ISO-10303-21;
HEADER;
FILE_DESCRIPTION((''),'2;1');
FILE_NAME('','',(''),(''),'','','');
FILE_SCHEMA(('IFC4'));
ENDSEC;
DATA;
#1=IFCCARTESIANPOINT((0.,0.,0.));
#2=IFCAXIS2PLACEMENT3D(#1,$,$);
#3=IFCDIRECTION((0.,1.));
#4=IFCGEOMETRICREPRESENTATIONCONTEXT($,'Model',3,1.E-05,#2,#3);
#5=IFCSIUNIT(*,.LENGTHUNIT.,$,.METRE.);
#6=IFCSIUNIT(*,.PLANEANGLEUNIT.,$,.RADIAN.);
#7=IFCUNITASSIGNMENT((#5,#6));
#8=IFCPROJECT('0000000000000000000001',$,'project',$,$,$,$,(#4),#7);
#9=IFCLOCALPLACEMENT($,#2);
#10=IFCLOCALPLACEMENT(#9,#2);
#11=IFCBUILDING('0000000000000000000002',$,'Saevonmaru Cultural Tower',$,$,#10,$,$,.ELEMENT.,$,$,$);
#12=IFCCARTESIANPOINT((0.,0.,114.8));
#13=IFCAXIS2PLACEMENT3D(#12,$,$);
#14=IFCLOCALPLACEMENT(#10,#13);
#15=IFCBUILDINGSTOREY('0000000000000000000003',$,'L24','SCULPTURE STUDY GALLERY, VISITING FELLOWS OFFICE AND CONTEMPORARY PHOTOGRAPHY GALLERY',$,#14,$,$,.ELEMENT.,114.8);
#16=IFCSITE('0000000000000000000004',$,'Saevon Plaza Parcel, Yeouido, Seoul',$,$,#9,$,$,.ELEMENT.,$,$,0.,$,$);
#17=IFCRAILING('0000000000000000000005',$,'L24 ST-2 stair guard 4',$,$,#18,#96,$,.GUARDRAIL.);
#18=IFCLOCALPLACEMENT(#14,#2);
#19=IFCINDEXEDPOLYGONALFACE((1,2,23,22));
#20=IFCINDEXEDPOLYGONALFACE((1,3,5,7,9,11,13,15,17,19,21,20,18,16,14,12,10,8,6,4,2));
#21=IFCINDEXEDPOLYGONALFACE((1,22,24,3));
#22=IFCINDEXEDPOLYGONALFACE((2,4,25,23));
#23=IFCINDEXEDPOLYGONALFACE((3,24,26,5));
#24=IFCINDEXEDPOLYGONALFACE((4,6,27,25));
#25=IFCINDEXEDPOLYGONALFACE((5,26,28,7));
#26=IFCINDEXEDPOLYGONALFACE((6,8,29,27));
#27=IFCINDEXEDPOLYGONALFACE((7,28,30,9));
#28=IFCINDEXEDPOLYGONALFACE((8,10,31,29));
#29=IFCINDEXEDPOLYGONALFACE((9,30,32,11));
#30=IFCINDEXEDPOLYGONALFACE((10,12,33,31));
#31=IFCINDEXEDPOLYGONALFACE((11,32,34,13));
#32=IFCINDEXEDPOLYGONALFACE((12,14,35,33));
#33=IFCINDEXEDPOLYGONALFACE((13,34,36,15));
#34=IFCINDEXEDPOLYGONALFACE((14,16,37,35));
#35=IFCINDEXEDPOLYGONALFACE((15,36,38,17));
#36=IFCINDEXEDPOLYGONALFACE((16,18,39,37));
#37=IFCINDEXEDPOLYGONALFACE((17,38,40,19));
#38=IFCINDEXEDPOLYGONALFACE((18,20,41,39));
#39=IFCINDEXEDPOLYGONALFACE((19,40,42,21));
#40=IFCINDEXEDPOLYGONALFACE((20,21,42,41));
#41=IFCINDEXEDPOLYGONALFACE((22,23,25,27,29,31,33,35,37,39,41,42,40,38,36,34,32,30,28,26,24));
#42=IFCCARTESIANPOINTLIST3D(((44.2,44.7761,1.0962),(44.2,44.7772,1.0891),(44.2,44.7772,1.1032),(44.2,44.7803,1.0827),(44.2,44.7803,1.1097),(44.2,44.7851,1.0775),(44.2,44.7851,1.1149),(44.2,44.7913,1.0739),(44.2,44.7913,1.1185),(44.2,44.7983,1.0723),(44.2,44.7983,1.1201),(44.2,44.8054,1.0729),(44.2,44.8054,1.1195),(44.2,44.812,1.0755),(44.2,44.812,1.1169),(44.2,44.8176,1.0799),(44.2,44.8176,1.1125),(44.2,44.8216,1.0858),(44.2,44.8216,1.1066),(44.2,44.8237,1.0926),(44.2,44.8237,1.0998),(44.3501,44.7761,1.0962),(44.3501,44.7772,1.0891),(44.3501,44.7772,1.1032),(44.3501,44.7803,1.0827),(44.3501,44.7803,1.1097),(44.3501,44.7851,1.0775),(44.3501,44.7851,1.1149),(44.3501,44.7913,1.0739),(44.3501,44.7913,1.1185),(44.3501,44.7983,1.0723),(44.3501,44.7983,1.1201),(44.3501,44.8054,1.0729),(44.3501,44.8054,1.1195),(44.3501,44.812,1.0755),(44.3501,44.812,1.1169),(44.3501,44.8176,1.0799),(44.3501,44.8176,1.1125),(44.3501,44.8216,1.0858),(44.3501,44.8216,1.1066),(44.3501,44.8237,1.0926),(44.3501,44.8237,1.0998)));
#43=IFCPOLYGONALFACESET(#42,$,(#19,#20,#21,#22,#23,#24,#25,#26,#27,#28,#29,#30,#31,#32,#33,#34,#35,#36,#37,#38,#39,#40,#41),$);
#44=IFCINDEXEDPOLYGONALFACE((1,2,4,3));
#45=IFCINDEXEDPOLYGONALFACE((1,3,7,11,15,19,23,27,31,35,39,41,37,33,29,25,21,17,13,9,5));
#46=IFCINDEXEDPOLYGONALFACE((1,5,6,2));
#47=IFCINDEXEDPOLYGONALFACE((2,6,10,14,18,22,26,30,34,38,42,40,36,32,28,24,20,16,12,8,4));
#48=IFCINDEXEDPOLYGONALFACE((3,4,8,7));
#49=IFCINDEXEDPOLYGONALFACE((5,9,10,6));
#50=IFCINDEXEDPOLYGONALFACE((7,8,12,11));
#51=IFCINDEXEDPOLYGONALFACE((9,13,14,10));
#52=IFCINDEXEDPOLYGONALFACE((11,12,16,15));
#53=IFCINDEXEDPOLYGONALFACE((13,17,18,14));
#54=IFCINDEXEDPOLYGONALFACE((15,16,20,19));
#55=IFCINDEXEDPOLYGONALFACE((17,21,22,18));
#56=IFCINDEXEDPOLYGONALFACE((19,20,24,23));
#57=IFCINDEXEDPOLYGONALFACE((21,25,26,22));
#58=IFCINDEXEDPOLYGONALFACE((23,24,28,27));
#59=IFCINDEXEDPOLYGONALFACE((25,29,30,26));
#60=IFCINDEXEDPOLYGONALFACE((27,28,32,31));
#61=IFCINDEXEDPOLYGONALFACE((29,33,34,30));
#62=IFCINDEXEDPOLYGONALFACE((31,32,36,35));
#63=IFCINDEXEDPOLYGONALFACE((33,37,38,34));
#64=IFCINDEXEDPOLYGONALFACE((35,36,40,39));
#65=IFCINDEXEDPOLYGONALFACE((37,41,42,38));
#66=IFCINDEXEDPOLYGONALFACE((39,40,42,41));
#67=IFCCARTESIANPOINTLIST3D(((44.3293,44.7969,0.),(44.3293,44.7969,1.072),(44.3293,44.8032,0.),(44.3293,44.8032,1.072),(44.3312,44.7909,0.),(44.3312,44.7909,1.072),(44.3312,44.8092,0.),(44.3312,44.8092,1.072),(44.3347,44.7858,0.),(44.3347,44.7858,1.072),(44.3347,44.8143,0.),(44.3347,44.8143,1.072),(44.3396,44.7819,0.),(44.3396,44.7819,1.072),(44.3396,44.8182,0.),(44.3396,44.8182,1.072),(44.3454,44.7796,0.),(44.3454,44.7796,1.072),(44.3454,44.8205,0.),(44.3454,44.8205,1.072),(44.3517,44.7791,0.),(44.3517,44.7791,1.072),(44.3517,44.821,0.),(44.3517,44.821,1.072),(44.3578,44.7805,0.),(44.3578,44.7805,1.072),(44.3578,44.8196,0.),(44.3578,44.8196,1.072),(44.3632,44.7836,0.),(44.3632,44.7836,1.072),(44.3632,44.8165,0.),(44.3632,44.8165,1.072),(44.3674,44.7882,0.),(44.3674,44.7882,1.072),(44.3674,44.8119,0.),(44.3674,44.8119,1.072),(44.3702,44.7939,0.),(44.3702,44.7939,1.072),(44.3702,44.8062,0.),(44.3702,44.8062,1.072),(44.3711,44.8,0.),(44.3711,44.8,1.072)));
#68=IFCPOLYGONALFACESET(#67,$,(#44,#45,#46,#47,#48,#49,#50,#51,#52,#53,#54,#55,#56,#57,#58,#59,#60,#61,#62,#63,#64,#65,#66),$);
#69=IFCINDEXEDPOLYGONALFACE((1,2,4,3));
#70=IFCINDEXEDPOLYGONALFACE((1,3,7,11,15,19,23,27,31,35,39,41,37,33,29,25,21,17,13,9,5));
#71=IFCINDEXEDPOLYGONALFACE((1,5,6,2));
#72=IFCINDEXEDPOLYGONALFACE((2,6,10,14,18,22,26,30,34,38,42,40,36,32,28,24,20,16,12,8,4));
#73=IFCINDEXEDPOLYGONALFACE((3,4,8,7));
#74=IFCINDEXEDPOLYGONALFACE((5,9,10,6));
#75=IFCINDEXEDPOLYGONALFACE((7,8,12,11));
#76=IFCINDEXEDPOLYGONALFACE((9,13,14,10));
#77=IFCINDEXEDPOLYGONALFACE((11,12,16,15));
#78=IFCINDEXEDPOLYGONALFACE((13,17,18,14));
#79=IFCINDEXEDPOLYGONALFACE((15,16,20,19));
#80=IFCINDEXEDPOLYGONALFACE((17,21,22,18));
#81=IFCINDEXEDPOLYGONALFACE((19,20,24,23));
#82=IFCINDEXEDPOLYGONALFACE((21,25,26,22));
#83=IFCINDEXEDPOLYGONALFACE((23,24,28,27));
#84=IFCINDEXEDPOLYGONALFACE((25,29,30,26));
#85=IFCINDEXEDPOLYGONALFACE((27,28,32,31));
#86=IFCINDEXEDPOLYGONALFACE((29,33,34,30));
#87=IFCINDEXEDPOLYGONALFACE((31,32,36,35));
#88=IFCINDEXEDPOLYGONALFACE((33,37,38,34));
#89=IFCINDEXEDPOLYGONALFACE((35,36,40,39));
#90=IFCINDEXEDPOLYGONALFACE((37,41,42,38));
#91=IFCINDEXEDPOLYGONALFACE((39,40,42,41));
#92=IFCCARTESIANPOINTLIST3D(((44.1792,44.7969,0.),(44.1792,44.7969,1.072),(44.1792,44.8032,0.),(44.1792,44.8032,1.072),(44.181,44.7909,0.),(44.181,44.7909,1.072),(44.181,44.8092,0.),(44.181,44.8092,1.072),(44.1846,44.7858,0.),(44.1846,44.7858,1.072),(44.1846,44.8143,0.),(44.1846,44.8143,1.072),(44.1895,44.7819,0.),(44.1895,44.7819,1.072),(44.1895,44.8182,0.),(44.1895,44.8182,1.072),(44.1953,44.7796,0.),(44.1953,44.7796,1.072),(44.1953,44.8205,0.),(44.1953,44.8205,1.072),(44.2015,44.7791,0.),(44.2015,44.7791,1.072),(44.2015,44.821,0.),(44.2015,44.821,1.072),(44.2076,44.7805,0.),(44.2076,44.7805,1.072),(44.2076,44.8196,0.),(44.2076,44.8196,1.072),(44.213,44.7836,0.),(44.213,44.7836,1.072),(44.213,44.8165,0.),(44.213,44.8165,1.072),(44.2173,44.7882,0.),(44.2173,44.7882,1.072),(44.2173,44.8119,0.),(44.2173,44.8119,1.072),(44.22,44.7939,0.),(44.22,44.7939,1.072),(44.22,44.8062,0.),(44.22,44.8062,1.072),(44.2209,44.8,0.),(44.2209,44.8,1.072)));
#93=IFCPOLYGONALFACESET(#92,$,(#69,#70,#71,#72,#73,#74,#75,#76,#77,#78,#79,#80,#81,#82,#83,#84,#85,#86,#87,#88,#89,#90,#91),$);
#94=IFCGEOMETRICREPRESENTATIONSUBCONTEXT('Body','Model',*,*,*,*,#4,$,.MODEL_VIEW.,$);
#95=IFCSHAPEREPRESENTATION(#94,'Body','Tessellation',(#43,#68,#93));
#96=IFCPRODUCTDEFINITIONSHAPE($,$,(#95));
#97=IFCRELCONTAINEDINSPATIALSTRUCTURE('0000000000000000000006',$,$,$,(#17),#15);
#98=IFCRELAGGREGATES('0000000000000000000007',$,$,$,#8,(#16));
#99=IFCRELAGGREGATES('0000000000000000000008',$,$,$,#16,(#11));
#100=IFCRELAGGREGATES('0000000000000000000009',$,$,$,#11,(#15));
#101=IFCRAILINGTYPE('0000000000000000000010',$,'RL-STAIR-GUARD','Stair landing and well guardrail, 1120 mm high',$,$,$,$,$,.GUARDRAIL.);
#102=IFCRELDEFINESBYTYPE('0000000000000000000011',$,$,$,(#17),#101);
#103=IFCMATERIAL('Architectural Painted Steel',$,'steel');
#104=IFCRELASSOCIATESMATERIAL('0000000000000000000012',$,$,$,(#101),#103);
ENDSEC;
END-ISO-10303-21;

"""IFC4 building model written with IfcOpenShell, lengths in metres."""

from ifc_helpers import new_model, si_unit, direction, frame, origin, origin_2d, place, context, subcontext, project, spatial, circle, extrude, material, type_object, element, save


model = new_model("IFC4")

# Units and contexts
model_context = context("Model", 3, precision=1e-05, world=origin(), true_north=direction((0.0, 1.0)))
body_context = subcontext(model_context, "Body", "Model", "MODEL_VIEW")
ifc_project = project(units=[si_unit("LENGTHUNIT", "METRE"), si_unit("PLANEANGLEUNIT", "RADIAN")], contexts=[model_context])

# Site, building, storey
site_placement = place(None, origin())
site = spatial("IfcSite", under=ifc_project, at=site_placement, Name="Saevon Plaza Parcel, Yeouido, Seoul", CompositionType="ELEMENT", RefElevation=0.0)
building_placement = place(site_placement, origin())
building = spatial("IfcBuilding", under=site, at=building_placement, Name="Saevonmaru Cultural Tower", CompositionType="ELEMENT")
storey_placement = place(building_placement, frame((0.0, 0.0, 114.8)))
storey = spatial("IfcBuildingStorey", under=building, at=storey_placement, Name="L24", Description="SCULPTURE STUDY GALLERY, VISITING FELLOWS OFFICE AND CONTEMPORARY PHOTOGRAPHY GALLERY", CompositionType="ELEMENT", Elevation=114.8)

# Railing
ifc_material_1 = material(Name="Architectural Painted Steel", Category="steel")
railing_type_1 = type_object("IfcRailingType", Name="RL-STAIR-GUARD", Description="Stair landing and well guardrail, 1120 mm high", PredefinedType="GUARDRAIL", material=ifc_material_1)
railing_1_placement = place(storey_placement, frame((44.3501, 44.8, 0.0)))
element("IfcRailing", 1, at=railing_1_placement, inside=storey, type_object=railing_type_1, Name="L24 ST-2 stair guard 4", PredefinedType="GUARDRAIL", context=body_context, shape_type="SweptSolid", body=[
    extrude(circle(Radius=0.0239, at=origin_2d()), frame((0.0, 0.0, 1.0962), z_axis=(-1.0, 0.0, 0.0), x_axis=(0.0, -1.0, 0.0)), (0.0, 0.0, 1.0), 0.1501),
    extrude(circle(Radius=0.021, at=origin_2d()), origin(), (0.0, 0.0, 1.0), 1.072),
    extrude(circle(Radius=0.021, at=origin_2d()), frame((-0.1501, 0.0, 0.0)), (0.0, 0.0, 1.0), 1.072),
])

save(model, "model.ifc")
